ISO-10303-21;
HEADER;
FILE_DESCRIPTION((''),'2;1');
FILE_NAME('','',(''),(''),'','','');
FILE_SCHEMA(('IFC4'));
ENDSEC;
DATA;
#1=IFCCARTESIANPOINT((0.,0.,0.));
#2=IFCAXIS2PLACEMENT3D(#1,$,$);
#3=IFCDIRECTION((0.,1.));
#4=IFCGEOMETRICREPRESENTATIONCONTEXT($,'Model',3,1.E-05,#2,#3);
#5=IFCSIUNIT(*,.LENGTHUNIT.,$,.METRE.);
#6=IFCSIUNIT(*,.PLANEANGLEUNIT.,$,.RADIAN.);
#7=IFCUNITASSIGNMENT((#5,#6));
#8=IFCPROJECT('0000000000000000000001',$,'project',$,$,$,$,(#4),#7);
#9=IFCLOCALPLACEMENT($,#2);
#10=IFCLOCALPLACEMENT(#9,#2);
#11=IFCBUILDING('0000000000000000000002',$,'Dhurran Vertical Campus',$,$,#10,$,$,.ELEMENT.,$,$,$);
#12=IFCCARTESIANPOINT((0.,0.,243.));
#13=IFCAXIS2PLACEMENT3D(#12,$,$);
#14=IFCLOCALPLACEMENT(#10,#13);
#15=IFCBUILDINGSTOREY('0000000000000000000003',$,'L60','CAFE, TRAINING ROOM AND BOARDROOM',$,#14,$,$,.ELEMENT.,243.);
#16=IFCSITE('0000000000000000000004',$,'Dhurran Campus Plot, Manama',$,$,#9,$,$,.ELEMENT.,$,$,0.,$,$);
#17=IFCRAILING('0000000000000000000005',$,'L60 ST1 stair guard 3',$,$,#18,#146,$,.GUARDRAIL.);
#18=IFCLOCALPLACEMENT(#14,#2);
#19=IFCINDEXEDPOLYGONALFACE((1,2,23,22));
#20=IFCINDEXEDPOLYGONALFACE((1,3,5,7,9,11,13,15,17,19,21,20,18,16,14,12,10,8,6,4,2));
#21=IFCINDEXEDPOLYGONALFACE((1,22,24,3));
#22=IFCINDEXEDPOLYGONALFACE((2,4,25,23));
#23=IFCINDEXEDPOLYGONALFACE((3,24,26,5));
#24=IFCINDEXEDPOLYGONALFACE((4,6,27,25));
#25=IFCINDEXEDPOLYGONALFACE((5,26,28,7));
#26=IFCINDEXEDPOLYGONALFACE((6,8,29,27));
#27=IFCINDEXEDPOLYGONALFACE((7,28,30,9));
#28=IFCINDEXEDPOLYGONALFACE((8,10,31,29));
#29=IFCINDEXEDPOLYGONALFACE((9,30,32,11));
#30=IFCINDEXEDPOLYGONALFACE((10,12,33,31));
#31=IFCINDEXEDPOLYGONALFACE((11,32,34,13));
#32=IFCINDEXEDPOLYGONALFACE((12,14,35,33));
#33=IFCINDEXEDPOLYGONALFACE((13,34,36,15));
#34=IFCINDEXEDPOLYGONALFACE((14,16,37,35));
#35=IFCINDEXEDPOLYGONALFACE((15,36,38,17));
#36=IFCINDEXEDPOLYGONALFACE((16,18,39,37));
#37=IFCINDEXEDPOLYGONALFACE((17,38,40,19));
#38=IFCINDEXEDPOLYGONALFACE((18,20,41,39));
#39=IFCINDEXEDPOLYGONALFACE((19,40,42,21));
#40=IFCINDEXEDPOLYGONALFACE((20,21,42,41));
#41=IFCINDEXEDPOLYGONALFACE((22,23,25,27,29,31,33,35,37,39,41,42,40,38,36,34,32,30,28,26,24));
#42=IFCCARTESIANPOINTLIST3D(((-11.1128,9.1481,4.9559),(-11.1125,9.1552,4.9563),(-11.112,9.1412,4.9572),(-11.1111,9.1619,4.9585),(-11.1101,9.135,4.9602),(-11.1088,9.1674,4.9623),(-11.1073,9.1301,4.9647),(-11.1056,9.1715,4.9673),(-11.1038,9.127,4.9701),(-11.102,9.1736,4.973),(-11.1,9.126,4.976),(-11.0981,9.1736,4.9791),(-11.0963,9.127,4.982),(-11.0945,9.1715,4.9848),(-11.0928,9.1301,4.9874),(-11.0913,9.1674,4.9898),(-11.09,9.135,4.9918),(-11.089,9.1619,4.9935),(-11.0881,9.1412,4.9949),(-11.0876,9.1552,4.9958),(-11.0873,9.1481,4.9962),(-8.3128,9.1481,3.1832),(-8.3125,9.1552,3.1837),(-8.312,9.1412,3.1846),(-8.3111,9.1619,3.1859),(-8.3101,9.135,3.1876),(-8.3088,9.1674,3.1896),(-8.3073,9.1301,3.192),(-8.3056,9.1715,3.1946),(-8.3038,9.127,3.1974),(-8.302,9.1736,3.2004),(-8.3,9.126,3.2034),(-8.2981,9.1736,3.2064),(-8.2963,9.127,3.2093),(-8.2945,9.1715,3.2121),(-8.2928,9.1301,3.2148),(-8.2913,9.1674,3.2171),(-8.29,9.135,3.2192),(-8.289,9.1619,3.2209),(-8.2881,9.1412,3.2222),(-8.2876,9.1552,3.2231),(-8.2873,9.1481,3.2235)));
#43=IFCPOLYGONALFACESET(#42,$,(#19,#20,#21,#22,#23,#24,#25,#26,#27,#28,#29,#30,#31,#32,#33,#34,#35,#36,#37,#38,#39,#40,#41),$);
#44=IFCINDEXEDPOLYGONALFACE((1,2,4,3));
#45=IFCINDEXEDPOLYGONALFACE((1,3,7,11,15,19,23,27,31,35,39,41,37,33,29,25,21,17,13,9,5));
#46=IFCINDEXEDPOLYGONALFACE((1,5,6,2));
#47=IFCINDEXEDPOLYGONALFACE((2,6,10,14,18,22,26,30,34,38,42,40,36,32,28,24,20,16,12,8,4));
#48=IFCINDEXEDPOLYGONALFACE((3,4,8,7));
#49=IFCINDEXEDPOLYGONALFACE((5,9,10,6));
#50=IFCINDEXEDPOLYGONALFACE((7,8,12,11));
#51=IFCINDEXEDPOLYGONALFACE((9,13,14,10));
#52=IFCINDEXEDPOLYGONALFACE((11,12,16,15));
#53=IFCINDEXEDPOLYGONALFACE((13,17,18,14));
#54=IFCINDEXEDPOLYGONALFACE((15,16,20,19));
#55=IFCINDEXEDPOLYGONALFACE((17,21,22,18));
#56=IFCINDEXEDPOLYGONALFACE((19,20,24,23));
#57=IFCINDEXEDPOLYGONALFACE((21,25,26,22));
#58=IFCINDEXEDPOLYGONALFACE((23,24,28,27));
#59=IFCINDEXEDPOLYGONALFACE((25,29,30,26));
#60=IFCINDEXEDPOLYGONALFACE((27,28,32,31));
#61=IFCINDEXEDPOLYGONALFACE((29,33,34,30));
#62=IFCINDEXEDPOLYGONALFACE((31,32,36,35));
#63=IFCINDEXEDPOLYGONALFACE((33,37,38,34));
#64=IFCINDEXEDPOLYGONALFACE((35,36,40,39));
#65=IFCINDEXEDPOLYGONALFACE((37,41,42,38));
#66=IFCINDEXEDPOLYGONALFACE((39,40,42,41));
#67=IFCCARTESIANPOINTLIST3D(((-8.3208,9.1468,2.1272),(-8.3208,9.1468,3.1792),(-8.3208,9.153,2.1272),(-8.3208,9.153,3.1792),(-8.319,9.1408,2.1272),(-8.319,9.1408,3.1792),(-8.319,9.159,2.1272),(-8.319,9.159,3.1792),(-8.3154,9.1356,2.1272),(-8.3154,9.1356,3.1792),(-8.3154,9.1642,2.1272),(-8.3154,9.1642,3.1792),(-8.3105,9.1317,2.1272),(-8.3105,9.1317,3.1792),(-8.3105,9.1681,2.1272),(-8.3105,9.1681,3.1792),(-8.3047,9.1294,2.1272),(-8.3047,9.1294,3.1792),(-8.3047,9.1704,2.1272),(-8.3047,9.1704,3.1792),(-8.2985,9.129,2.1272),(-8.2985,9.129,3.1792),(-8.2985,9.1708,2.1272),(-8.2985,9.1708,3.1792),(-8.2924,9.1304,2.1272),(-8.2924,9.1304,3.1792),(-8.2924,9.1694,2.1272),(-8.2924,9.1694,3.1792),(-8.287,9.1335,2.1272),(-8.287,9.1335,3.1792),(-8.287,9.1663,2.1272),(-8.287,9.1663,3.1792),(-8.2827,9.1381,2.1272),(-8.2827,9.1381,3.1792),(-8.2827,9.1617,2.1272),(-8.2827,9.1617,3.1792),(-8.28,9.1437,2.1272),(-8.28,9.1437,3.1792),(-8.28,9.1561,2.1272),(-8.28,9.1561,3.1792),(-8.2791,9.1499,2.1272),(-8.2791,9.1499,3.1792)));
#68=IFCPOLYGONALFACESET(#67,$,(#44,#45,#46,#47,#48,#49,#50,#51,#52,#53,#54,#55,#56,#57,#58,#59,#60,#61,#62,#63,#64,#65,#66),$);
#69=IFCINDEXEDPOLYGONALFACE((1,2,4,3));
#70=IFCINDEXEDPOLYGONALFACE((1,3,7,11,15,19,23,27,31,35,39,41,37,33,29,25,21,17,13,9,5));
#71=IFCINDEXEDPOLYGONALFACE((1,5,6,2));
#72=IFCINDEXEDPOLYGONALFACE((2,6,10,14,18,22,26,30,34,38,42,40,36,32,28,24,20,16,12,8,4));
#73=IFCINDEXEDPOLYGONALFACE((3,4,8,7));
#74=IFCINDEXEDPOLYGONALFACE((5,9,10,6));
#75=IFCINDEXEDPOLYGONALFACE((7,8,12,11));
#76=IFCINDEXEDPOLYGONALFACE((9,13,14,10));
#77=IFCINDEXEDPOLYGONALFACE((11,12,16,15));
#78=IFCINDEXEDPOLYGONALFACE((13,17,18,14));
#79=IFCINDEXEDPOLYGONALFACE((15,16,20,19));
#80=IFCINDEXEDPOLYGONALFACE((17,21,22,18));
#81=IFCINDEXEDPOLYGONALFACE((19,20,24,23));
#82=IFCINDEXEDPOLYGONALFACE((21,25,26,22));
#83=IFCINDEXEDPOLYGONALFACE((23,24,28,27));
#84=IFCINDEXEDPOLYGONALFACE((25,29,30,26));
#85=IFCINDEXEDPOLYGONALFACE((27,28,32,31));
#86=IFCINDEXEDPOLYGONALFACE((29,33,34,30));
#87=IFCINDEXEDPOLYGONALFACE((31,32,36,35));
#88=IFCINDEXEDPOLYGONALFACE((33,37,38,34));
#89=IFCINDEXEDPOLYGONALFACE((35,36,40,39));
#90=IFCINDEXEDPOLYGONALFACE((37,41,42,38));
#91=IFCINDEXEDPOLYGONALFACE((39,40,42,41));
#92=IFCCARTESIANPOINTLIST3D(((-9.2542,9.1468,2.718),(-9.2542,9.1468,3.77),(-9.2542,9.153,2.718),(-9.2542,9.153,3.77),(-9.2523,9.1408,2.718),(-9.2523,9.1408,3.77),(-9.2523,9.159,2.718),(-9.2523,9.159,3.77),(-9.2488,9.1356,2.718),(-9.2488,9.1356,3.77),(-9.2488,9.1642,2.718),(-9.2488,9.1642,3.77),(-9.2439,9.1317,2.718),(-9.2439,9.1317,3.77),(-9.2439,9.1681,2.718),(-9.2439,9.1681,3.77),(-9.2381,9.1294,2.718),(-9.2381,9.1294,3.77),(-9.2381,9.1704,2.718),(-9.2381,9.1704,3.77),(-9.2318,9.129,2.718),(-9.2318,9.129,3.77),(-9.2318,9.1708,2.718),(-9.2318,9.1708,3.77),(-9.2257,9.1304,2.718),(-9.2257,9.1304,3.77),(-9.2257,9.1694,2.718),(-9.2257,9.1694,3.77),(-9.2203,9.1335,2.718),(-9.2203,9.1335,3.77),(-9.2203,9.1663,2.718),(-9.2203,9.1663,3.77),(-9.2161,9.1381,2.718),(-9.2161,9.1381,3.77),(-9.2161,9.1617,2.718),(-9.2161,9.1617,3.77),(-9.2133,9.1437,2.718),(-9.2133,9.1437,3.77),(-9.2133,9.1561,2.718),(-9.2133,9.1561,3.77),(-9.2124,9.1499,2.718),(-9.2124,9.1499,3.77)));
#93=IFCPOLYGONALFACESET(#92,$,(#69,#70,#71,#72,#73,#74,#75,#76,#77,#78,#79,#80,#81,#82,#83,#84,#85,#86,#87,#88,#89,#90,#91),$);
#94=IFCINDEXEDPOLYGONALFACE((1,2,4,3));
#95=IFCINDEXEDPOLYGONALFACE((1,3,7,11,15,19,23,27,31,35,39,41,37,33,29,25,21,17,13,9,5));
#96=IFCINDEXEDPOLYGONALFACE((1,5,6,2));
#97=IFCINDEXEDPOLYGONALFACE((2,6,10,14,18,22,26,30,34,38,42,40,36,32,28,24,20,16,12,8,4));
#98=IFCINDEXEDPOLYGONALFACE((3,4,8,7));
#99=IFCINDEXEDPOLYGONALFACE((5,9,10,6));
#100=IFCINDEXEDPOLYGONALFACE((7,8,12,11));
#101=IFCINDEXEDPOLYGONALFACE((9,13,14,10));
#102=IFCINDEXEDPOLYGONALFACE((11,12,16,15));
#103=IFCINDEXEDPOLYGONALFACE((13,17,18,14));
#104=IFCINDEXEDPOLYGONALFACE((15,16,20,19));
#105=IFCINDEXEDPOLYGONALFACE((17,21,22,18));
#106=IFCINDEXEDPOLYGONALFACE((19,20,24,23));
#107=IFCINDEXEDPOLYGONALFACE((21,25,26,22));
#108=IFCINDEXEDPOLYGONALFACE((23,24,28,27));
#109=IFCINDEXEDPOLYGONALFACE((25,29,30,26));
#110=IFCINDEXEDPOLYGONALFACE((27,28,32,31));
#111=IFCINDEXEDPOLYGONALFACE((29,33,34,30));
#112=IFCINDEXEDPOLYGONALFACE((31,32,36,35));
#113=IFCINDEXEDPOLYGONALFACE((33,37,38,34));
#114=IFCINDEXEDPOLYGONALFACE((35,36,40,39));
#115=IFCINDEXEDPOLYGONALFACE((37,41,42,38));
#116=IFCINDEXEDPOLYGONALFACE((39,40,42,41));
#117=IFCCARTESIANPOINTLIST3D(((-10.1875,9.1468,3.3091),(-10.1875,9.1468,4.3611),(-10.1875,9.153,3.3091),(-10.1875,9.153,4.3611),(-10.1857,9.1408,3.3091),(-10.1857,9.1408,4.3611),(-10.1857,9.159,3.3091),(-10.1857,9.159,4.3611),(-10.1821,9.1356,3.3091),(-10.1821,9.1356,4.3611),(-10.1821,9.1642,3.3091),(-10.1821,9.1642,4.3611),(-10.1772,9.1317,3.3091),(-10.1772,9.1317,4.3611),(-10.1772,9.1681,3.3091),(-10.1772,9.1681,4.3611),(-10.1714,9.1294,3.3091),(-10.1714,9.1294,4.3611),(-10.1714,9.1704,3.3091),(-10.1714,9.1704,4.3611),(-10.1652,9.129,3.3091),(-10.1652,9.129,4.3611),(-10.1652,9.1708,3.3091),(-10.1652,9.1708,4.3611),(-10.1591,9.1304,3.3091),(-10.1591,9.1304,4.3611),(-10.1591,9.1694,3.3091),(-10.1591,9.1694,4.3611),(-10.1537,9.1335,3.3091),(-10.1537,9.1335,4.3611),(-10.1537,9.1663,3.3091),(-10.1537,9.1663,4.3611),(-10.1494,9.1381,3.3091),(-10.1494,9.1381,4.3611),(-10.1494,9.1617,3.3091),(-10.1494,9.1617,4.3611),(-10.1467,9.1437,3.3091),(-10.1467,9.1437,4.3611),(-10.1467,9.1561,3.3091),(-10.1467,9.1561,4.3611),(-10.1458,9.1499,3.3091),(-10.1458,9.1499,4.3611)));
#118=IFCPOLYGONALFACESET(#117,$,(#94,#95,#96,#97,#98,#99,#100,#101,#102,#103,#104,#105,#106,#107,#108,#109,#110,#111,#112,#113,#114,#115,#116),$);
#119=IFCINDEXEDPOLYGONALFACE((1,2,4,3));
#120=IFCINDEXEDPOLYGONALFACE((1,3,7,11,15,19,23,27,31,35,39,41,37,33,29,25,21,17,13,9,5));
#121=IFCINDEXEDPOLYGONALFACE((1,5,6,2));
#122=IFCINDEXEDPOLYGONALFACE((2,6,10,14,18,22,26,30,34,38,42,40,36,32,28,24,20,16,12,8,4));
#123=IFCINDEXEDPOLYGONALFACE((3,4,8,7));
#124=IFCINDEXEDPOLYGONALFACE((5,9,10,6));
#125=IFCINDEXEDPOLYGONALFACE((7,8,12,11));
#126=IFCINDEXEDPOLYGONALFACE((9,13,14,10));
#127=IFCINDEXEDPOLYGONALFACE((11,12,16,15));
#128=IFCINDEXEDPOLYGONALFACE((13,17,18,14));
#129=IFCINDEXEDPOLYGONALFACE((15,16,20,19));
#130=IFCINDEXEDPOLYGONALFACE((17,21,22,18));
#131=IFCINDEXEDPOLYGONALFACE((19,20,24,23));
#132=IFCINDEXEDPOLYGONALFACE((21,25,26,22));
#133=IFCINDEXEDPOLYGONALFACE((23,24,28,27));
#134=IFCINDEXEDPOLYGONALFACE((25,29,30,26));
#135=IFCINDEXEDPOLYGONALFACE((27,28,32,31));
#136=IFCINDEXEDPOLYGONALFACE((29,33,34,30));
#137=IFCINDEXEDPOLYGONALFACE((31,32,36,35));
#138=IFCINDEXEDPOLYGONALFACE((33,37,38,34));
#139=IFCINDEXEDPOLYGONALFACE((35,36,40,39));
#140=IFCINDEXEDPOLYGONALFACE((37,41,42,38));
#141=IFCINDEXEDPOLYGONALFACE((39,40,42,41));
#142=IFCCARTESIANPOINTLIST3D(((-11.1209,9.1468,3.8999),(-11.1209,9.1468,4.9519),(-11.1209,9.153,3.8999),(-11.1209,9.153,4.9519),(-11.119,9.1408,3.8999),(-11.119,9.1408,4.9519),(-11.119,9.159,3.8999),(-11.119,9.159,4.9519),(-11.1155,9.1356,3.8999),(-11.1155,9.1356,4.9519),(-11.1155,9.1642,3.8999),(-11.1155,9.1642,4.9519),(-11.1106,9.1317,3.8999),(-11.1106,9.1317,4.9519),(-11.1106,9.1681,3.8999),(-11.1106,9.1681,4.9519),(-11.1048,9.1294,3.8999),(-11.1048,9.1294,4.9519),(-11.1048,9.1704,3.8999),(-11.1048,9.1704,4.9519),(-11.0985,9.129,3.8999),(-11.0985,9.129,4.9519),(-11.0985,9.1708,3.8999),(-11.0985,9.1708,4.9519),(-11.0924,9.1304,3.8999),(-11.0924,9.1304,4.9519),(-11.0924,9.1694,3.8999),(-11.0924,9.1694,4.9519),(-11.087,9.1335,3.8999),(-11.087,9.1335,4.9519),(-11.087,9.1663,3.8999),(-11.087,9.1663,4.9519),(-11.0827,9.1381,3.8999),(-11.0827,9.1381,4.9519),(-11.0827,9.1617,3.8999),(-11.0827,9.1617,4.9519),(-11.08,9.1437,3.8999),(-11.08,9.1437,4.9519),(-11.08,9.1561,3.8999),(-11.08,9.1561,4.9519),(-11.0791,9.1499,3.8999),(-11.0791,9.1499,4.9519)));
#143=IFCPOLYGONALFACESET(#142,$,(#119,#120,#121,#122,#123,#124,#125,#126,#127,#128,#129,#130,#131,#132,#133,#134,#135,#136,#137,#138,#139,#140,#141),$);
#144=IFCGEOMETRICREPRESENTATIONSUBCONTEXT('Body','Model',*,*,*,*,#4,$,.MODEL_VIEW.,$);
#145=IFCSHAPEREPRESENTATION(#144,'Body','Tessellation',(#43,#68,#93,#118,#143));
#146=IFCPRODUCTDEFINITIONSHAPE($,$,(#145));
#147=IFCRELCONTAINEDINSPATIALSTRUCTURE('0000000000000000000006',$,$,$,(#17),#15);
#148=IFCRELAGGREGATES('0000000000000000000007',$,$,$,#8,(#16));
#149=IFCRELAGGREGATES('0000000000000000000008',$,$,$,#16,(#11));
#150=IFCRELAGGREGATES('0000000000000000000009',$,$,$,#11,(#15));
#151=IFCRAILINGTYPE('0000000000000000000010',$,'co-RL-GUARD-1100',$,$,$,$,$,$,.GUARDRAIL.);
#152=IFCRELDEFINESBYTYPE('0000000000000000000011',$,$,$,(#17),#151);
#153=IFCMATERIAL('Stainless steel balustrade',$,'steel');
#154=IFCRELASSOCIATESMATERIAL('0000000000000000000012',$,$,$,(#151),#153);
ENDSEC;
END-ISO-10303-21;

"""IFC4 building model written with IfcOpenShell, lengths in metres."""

from ifc_helpers import new_model, si_unit, direction, frame, origin, origin_2d, place, context, subcontext, project, spatial, circle, extrude, material, type_object, element, save


model = new_model("IFC4")

# Units and contexts
model_context = context("Model", 3, precision=1e-05, world=origin(), true_north=direction((0.0, 1.0)))
body_context = subcontext(model_context, "Body", "Model", "MODEL_VIEW")
ifc_project = project(units=[si_unit("LENGTHUNIT", "METRE"), si_unit("PLANEANGLEUNIT", "RADIAN")], contexts=[model_context])

# Site, building, storey
site_placement = place(None, origin())
site = spatial("IfcSite", under=ifc_project, at=site_placement, Name="Dhurran Campus Plot, Manama", CompositionType="ELEMENT", RefElevation=0.0)
building_placement = place(site_placement, origin())
building = spatial("IfcBuilding", under=site, at=building_placement, Name="Dhurran Vertical Campus", CompositionType="ELEMENT")
storey_placement = place(building_placement, frame((0.0, 0.0, 243.0)))
storey = spatial("IfcBuildingStorey", under=building, at=storey_placement, Name="L60", Description="CAFE, TRAINING ROOM AND BOARDROOM", CompositionType="ELEMENT", Elevation=243.0)

# Railing
ifc_material_1 = material(Name="Stainless steel balustrade", Category="steel")
railing_type_1 = type_object("IfcRailingType", Name="co-RL-GUARD-1100", PredefinedType="GUARDRAIL", material=ifc_material_1)
railing_1_placement = place(storey_placement, frame((-8.3, 9.1499, 2.1272)))
element("IfcRailing", 1, at=railing_1_placement, inside=storey, type_object=railing_type_1, Name="L60 ST1 stair guard 3", PredefinedType="GUARDRAIL", context=body_context, shape_type="SweptSolid", body=[
    extrude(circle(Radius=0.0239, at=origin_2d()), frame((0.0, 0.0, 1.0762), z_axis=(-0.844909, 0.0, 0.53491), x_axis=(0.0, -1.0, 0.0)), (0.0, 0.0, 1.0), 3.314),
    extrude(circle(Radius=0.021, at=origin_2d()), origin(), (0.0, 0.0, 1.0), 1.052),
    extrude(circle(Radius=0.021, at=origin_2d()), frame((-0.9333, 0.0, 0.5908)), (0.0, 0.0, 1.0), 1.052),
    extrude(circle(Radius=0.021, at=origin_2d()), frame((-1.8667, 0.0, 1.1819)), (0.0, 0.0, 1.0), 1.052),
    extrude(circle(Radius=0.021, at=origin_2d()), frame((-2.8, 0.0, 1.7727)), (0.0, 0.0, 1.0), 1.052),
])

save(model, "model.ifc")
